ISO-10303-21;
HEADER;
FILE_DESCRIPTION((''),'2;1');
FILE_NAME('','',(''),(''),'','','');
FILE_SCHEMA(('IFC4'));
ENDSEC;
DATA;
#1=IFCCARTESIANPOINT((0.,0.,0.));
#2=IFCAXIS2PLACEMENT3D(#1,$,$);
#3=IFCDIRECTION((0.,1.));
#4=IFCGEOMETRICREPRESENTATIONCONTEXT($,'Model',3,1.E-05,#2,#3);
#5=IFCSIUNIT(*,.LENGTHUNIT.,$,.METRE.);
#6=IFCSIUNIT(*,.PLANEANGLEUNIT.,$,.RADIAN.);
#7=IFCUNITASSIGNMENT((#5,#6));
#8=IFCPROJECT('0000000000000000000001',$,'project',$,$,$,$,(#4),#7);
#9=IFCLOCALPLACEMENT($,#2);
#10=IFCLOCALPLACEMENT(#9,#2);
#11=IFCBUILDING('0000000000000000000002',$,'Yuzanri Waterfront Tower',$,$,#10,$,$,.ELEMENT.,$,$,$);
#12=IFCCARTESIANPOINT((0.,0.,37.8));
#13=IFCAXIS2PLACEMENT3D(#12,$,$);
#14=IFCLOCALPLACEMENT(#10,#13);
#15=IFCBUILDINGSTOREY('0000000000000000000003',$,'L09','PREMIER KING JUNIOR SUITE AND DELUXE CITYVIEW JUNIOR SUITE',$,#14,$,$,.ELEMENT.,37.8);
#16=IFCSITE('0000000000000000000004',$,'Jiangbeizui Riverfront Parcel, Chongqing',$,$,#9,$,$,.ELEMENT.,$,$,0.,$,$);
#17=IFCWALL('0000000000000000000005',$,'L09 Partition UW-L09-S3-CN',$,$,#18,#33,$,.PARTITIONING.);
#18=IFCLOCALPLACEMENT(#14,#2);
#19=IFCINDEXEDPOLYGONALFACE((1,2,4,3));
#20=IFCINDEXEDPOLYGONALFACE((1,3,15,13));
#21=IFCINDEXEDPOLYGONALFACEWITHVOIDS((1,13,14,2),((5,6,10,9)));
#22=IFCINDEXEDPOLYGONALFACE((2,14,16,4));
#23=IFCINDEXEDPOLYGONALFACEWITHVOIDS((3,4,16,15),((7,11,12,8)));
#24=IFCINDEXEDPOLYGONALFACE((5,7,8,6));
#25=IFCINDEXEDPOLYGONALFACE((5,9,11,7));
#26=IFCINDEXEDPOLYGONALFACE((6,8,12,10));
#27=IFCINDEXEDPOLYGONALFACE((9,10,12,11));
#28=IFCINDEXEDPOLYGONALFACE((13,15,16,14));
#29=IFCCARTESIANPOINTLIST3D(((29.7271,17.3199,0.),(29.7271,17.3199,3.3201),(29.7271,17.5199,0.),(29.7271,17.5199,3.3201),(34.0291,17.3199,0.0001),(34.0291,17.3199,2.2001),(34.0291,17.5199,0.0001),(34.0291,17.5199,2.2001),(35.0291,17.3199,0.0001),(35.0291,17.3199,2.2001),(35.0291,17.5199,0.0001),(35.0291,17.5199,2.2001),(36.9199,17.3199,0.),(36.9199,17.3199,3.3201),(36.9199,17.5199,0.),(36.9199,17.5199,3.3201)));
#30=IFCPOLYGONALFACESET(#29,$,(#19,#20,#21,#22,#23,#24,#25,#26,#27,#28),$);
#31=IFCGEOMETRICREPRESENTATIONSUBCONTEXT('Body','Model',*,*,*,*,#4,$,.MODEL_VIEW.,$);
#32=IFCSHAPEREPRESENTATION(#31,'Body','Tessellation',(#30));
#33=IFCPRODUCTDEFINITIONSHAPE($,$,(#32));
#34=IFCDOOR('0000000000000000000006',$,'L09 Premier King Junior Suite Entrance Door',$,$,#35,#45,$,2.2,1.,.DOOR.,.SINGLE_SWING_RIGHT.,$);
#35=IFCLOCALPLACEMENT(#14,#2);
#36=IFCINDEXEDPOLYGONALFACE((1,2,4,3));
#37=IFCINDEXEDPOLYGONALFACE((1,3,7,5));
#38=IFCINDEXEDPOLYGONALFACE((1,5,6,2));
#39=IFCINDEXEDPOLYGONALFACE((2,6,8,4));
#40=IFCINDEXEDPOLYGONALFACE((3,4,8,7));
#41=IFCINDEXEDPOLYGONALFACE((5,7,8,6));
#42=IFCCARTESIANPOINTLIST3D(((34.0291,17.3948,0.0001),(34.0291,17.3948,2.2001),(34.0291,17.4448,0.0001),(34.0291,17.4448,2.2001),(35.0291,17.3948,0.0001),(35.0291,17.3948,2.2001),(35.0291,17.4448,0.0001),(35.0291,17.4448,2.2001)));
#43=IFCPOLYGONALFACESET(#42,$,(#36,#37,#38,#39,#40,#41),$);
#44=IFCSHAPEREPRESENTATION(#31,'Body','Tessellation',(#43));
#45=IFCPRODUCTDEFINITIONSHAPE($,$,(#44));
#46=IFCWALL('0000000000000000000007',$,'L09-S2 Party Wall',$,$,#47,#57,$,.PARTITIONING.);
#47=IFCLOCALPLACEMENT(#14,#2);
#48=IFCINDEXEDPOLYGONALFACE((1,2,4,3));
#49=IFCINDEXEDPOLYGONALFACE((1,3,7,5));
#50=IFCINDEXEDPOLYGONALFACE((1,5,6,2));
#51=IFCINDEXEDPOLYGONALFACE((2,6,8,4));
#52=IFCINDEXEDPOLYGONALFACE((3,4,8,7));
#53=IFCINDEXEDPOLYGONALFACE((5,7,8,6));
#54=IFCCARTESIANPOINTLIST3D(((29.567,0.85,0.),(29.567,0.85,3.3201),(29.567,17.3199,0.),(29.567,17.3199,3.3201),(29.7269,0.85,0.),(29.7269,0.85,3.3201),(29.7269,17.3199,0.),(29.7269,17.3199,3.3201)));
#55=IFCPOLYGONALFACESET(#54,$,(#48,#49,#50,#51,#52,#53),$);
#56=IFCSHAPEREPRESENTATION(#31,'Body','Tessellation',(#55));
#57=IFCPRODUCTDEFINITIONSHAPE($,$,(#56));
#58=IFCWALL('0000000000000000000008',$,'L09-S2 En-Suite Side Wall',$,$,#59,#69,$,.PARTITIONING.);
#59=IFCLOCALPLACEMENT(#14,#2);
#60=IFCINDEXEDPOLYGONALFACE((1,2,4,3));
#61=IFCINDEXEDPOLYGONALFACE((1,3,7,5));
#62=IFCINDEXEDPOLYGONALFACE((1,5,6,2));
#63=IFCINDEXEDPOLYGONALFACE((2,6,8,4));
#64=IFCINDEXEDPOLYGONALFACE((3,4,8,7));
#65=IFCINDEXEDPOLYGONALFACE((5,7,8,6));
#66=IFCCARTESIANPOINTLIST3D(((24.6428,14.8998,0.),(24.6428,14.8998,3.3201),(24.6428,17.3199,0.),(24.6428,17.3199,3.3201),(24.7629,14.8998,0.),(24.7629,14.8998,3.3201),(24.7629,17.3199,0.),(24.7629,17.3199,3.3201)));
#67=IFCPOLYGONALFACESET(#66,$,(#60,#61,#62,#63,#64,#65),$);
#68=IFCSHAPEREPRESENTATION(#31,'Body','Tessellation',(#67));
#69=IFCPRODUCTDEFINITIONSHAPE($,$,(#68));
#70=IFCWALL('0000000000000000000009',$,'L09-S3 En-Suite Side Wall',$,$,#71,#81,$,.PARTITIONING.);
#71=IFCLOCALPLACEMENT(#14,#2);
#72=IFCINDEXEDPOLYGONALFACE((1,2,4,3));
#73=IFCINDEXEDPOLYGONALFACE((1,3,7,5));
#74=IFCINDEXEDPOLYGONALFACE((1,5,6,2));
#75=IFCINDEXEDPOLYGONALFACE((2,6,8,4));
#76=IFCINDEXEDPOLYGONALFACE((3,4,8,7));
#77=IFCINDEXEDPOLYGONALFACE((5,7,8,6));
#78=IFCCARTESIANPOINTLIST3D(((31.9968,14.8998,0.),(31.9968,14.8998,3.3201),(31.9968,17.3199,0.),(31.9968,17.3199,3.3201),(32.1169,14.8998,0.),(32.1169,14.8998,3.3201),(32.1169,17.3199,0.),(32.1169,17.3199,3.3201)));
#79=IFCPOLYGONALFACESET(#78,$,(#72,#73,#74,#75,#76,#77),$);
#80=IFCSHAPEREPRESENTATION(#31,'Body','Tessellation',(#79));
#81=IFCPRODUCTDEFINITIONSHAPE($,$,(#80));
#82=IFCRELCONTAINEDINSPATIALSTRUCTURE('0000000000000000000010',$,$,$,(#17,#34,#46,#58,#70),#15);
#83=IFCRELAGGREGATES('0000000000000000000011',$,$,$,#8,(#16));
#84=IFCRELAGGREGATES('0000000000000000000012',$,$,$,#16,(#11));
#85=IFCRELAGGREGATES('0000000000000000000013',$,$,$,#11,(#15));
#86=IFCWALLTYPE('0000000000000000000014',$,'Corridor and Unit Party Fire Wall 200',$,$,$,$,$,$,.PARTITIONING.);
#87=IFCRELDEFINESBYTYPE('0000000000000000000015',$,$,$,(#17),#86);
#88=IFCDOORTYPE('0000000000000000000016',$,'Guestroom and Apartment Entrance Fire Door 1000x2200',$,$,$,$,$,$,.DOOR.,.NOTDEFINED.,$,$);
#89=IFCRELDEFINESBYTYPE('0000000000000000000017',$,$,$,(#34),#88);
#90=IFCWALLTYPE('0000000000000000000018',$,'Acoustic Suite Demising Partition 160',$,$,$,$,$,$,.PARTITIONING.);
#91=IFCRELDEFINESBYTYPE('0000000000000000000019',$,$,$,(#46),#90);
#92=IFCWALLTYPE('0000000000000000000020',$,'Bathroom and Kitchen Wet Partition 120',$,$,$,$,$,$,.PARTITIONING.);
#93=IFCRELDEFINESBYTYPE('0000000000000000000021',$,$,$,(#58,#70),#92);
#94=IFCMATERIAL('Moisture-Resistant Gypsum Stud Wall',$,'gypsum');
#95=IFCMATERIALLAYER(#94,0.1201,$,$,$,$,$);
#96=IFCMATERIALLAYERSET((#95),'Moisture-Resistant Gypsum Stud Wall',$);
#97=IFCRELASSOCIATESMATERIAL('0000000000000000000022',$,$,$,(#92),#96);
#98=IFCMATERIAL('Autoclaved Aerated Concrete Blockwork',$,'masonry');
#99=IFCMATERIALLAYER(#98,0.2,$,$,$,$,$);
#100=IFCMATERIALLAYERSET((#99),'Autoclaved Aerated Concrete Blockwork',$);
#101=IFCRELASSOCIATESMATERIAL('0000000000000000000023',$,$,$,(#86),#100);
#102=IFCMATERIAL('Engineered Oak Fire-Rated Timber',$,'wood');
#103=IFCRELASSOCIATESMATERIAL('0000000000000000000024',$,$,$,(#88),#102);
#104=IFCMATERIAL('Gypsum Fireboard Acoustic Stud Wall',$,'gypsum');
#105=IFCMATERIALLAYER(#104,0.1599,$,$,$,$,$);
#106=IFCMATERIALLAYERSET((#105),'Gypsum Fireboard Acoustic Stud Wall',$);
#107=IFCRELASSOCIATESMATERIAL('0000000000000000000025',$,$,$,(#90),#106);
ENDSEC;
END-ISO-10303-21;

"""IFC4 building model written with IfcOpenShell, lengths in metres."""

from ifc_helpers import new_model, si_unit, direction, frame, frame_2d, origin, place, context, subcontext, project, spatial, rectangle, extrude, source, transform, mapped, material, layer, layer_set, type_object, element, fill, save


model = new_model("IFC4")

# Units and contexts
model_context = context("Model", 3, precision=1e-05, world=origin(), true_north=direction((0.0, 1.0)))
body_context = subcontext(model_context, "Body", "Model", "MODEL_VIEW")
ifc_project = project(units=[si_unit("LENGTHUNIT", "METRE"), si_unit("PLANEANGLEUNIT", "RADIAN")], contexts=[model_context])

# Site, building, storey
site_placement = place(None, origin())
site = spatial("IfcSite", under=ifc_project, at=site_placement, Name="Jiangbeizui Riverfront Parcel, Chongqing", CompositionType="ELEMENT", RefElevation=0.0)
building_placement = place(site_placement, origin())
building = spatial("IfcBuilding", under=site, at=building_placement, Name="Yuzanri Waterfront Tower", CompositionType="ELEMENT")
storey_placement = place(building_placement, frame((0.0, 0.0, 37.8)))
storey = spatial("IfcBuildingStorey", under=building, at=storey_placement, Name="L09", Description="PREMIER KING JUNIOR SUITE AND DELUXE CITYVIEW JUNIOR SUITE", CompositionType="ELEMENT", Elevation=37.8)

# Shared definitions
ifc_material_1 = material(Name="Moisture-Resistant Gypsum Stud Wall", Category="gypsum")
ifc_layer_1 = layer(ifc_material_1, 0.1201)
ifc_layer_set_1 = layer_set([ifc_layer_1], Name="Moisture-Resistant Gypsum Stud Wall")
wall_type_1 = type_object("IfcWallType", Name="Bathroom and Kitchen Wet Partition 120", PredefinedType="PARTITIONING", material=ifc_layer_set_1)

# Wall, opening, door
ifc_material_2 = material(Name="Autoclaved Aerated Concrete Blockwork", Category="masonry")
ifc_layer_2 = layer(ifc_material_2, 0.2)
ifc_layer_set_2 = layer_set([ifc_layer_2], Name="Autoclaved Aerated Concrete Blockwork")
wall_type_2 = type_object("IfcWallType", Name="Corridor and Unit Party Fire Wall 200", PredefinedType="PARTITIONING", material=ifc_layer_set_2)
ifc_material_3 = material(Name="Engineered Oak Fire-Rated Timber", Category="wood")
door_type_1 = type_object("IfcDoorType", Name="Guestroom and Apartment Entrance Fire Door 1000x2200", OperationType="NOTDEFINED", PredefinedType="DOOR", material=ifc_material_3)
shared_shape_1 = source(origin(), body_context, "Body", "SweptSolid", [
    extrude(rectangle(XDim=1.0, YDim=2.2, at=frame_2d((0.5, 1.1001))), frame((0.0, 0.0249, 0.0), z_axis=(0.0, -1.0, 0.0), x_axis=(1.0, 0.0, 0.0)), (0.0, 0.0, 1.0), 0.05),
])
wall_1_placement = place(storey_placement, frame((29.7271, 17.4199, 0.0), z_axis=(0.0, 0.0, 1.0), x_axis=(1.0, 0.0, 0.0)))
wall_1 = element("IfcWall", 1, at=wall_1_placement, inside=storey, type_object=wall_type_2, Name="L09 Partition UW-L09-S3-CN", PredefinedType="PARTITIONING", context=body_context, shape_type="SweptSolid", body=[
    extrude(rectangle(XDim=7.1929, YDim=0.2, at=frame_2d((3.5964, 0.0))), origin(), (0.0, 0.0, 1.0), 3.3201),
])
opening_1_placement = place(wall_1_placement, frame((4.302, 0.0, 0.0)))
opening_1 = element("IfcOpeningElement", 2, at=opening_1_placement, cuts=wall_1, PredefinedType="OPENING", context=body_context, shape_type="SweptSolid", body=[
    extrude(rectangle(XDim=1.0, YDim=2.2, at=frame_2d((0.5, 1.1001))), frame((0.0, 0.1147, 0.0), z_axis=(0.0, -1.0, 0.0), x_axis=(1.0, 0.0, 0.0)), (0.0, 0.0, 1.0), 0.2297),
])
door_1_placement = place(opening_1_placement, origin())
door_1 = element("IfcDoor", 3, at=door_1_placement, inside=storey, type_object=door_type_1, Name="L09 Premier King Junior Suite Entrance Door", OperationType="SINGLE_SWING_RIGHT", OverallHeight=2.2, OverallWidth=1.0, PredefinedType="DOOR", context=body_context, shape_type="MappedRepresentation", body=[
    mapped(shared_shape_1, transform((0.0, 0.0, 0.0), scale=1.0)),
])
fill(opening_1, door_1)

# Walls
ifc_material_4 = material(Name="Gypsum Fireboard Acoustic Stud Wall", Category="gypsum")
ifc_layer_3 = layer(ifc_material_4, 0.1599)
ifc_layer_set_3 = layer_set([ifc_layer_3], Name="Gypsum Fireboard Acoustic Stud Wall")
wall_type_3 = type_object("IfcWallType", Name="Acoustic Suite Demising Partition 160", PredefinedType="PARTITIONING", material=ifc_layer_set_3)
shared_shape_2 = source(origin(), body_context, "Body", "SweptSolid", [
    extrude(rectangle(XDim=16.47, YDim=0.1599, at=frame_2d((8.2349, 0.0))), origin(), (0.0, 0.0, 1.0), 3.3201),
])
wall_2_placement = place(storey_placement, frame((29.647, 0.8501, 0.0), z_axis=(0.0, 0.0, 1.0), x_axis=(0.0, 1.0, 0.0)))
element("IfcWall", 4, at=wall_2_placement, inside=storey, type_object=wall_type_3, Name="L09-S2 Party Wall", PredefinedType="PARTITIONING", context=body_context, shape_type="MappedRepresentation", body=[
    mapped(shared_shape_2, transform((0.0, 0.0, 0.0), scale=1.0)),
])
shared_shape_3 = source(origin(), body_context, "Body", "SweptSolid", [
    extrude(rectangle(XDim=2.4202, YDim=0.1201, at=frame_2d((1.21, 0.0))), origin(), (0.0, 0.0, 1.0), 3.3201),
])
for number, where, z_axis, x_axis, name in (
    (5, (24.7029, 14.8999, 0.0), (0.0, 0.0, 1.0), (0.0, 1.0, 0.0), "L09-S2 En-Suite Side Wall"),
    (6, (32.0569, 14.8999, 0.0), (0.0, 0.0, 1.0), (0.0, 1.0, 0.0), "L09-S3 En-Suite Side Wall"),
):
    element("IfcWall", number, at=place(storey_placement, frame(where, z_axis=z_axis, x_axis=x_axis)), inside=storey, type_object=wall_type_1, Name=name, PredefinedType="PARTITIONING", context=body_context, shape_type="MappedRepresentation", body=[
        mapped(shared_shape_3, transform((0.0, 0.0, 0.0), scale=1.0)),
    ])

save(model, "model.ifc")
